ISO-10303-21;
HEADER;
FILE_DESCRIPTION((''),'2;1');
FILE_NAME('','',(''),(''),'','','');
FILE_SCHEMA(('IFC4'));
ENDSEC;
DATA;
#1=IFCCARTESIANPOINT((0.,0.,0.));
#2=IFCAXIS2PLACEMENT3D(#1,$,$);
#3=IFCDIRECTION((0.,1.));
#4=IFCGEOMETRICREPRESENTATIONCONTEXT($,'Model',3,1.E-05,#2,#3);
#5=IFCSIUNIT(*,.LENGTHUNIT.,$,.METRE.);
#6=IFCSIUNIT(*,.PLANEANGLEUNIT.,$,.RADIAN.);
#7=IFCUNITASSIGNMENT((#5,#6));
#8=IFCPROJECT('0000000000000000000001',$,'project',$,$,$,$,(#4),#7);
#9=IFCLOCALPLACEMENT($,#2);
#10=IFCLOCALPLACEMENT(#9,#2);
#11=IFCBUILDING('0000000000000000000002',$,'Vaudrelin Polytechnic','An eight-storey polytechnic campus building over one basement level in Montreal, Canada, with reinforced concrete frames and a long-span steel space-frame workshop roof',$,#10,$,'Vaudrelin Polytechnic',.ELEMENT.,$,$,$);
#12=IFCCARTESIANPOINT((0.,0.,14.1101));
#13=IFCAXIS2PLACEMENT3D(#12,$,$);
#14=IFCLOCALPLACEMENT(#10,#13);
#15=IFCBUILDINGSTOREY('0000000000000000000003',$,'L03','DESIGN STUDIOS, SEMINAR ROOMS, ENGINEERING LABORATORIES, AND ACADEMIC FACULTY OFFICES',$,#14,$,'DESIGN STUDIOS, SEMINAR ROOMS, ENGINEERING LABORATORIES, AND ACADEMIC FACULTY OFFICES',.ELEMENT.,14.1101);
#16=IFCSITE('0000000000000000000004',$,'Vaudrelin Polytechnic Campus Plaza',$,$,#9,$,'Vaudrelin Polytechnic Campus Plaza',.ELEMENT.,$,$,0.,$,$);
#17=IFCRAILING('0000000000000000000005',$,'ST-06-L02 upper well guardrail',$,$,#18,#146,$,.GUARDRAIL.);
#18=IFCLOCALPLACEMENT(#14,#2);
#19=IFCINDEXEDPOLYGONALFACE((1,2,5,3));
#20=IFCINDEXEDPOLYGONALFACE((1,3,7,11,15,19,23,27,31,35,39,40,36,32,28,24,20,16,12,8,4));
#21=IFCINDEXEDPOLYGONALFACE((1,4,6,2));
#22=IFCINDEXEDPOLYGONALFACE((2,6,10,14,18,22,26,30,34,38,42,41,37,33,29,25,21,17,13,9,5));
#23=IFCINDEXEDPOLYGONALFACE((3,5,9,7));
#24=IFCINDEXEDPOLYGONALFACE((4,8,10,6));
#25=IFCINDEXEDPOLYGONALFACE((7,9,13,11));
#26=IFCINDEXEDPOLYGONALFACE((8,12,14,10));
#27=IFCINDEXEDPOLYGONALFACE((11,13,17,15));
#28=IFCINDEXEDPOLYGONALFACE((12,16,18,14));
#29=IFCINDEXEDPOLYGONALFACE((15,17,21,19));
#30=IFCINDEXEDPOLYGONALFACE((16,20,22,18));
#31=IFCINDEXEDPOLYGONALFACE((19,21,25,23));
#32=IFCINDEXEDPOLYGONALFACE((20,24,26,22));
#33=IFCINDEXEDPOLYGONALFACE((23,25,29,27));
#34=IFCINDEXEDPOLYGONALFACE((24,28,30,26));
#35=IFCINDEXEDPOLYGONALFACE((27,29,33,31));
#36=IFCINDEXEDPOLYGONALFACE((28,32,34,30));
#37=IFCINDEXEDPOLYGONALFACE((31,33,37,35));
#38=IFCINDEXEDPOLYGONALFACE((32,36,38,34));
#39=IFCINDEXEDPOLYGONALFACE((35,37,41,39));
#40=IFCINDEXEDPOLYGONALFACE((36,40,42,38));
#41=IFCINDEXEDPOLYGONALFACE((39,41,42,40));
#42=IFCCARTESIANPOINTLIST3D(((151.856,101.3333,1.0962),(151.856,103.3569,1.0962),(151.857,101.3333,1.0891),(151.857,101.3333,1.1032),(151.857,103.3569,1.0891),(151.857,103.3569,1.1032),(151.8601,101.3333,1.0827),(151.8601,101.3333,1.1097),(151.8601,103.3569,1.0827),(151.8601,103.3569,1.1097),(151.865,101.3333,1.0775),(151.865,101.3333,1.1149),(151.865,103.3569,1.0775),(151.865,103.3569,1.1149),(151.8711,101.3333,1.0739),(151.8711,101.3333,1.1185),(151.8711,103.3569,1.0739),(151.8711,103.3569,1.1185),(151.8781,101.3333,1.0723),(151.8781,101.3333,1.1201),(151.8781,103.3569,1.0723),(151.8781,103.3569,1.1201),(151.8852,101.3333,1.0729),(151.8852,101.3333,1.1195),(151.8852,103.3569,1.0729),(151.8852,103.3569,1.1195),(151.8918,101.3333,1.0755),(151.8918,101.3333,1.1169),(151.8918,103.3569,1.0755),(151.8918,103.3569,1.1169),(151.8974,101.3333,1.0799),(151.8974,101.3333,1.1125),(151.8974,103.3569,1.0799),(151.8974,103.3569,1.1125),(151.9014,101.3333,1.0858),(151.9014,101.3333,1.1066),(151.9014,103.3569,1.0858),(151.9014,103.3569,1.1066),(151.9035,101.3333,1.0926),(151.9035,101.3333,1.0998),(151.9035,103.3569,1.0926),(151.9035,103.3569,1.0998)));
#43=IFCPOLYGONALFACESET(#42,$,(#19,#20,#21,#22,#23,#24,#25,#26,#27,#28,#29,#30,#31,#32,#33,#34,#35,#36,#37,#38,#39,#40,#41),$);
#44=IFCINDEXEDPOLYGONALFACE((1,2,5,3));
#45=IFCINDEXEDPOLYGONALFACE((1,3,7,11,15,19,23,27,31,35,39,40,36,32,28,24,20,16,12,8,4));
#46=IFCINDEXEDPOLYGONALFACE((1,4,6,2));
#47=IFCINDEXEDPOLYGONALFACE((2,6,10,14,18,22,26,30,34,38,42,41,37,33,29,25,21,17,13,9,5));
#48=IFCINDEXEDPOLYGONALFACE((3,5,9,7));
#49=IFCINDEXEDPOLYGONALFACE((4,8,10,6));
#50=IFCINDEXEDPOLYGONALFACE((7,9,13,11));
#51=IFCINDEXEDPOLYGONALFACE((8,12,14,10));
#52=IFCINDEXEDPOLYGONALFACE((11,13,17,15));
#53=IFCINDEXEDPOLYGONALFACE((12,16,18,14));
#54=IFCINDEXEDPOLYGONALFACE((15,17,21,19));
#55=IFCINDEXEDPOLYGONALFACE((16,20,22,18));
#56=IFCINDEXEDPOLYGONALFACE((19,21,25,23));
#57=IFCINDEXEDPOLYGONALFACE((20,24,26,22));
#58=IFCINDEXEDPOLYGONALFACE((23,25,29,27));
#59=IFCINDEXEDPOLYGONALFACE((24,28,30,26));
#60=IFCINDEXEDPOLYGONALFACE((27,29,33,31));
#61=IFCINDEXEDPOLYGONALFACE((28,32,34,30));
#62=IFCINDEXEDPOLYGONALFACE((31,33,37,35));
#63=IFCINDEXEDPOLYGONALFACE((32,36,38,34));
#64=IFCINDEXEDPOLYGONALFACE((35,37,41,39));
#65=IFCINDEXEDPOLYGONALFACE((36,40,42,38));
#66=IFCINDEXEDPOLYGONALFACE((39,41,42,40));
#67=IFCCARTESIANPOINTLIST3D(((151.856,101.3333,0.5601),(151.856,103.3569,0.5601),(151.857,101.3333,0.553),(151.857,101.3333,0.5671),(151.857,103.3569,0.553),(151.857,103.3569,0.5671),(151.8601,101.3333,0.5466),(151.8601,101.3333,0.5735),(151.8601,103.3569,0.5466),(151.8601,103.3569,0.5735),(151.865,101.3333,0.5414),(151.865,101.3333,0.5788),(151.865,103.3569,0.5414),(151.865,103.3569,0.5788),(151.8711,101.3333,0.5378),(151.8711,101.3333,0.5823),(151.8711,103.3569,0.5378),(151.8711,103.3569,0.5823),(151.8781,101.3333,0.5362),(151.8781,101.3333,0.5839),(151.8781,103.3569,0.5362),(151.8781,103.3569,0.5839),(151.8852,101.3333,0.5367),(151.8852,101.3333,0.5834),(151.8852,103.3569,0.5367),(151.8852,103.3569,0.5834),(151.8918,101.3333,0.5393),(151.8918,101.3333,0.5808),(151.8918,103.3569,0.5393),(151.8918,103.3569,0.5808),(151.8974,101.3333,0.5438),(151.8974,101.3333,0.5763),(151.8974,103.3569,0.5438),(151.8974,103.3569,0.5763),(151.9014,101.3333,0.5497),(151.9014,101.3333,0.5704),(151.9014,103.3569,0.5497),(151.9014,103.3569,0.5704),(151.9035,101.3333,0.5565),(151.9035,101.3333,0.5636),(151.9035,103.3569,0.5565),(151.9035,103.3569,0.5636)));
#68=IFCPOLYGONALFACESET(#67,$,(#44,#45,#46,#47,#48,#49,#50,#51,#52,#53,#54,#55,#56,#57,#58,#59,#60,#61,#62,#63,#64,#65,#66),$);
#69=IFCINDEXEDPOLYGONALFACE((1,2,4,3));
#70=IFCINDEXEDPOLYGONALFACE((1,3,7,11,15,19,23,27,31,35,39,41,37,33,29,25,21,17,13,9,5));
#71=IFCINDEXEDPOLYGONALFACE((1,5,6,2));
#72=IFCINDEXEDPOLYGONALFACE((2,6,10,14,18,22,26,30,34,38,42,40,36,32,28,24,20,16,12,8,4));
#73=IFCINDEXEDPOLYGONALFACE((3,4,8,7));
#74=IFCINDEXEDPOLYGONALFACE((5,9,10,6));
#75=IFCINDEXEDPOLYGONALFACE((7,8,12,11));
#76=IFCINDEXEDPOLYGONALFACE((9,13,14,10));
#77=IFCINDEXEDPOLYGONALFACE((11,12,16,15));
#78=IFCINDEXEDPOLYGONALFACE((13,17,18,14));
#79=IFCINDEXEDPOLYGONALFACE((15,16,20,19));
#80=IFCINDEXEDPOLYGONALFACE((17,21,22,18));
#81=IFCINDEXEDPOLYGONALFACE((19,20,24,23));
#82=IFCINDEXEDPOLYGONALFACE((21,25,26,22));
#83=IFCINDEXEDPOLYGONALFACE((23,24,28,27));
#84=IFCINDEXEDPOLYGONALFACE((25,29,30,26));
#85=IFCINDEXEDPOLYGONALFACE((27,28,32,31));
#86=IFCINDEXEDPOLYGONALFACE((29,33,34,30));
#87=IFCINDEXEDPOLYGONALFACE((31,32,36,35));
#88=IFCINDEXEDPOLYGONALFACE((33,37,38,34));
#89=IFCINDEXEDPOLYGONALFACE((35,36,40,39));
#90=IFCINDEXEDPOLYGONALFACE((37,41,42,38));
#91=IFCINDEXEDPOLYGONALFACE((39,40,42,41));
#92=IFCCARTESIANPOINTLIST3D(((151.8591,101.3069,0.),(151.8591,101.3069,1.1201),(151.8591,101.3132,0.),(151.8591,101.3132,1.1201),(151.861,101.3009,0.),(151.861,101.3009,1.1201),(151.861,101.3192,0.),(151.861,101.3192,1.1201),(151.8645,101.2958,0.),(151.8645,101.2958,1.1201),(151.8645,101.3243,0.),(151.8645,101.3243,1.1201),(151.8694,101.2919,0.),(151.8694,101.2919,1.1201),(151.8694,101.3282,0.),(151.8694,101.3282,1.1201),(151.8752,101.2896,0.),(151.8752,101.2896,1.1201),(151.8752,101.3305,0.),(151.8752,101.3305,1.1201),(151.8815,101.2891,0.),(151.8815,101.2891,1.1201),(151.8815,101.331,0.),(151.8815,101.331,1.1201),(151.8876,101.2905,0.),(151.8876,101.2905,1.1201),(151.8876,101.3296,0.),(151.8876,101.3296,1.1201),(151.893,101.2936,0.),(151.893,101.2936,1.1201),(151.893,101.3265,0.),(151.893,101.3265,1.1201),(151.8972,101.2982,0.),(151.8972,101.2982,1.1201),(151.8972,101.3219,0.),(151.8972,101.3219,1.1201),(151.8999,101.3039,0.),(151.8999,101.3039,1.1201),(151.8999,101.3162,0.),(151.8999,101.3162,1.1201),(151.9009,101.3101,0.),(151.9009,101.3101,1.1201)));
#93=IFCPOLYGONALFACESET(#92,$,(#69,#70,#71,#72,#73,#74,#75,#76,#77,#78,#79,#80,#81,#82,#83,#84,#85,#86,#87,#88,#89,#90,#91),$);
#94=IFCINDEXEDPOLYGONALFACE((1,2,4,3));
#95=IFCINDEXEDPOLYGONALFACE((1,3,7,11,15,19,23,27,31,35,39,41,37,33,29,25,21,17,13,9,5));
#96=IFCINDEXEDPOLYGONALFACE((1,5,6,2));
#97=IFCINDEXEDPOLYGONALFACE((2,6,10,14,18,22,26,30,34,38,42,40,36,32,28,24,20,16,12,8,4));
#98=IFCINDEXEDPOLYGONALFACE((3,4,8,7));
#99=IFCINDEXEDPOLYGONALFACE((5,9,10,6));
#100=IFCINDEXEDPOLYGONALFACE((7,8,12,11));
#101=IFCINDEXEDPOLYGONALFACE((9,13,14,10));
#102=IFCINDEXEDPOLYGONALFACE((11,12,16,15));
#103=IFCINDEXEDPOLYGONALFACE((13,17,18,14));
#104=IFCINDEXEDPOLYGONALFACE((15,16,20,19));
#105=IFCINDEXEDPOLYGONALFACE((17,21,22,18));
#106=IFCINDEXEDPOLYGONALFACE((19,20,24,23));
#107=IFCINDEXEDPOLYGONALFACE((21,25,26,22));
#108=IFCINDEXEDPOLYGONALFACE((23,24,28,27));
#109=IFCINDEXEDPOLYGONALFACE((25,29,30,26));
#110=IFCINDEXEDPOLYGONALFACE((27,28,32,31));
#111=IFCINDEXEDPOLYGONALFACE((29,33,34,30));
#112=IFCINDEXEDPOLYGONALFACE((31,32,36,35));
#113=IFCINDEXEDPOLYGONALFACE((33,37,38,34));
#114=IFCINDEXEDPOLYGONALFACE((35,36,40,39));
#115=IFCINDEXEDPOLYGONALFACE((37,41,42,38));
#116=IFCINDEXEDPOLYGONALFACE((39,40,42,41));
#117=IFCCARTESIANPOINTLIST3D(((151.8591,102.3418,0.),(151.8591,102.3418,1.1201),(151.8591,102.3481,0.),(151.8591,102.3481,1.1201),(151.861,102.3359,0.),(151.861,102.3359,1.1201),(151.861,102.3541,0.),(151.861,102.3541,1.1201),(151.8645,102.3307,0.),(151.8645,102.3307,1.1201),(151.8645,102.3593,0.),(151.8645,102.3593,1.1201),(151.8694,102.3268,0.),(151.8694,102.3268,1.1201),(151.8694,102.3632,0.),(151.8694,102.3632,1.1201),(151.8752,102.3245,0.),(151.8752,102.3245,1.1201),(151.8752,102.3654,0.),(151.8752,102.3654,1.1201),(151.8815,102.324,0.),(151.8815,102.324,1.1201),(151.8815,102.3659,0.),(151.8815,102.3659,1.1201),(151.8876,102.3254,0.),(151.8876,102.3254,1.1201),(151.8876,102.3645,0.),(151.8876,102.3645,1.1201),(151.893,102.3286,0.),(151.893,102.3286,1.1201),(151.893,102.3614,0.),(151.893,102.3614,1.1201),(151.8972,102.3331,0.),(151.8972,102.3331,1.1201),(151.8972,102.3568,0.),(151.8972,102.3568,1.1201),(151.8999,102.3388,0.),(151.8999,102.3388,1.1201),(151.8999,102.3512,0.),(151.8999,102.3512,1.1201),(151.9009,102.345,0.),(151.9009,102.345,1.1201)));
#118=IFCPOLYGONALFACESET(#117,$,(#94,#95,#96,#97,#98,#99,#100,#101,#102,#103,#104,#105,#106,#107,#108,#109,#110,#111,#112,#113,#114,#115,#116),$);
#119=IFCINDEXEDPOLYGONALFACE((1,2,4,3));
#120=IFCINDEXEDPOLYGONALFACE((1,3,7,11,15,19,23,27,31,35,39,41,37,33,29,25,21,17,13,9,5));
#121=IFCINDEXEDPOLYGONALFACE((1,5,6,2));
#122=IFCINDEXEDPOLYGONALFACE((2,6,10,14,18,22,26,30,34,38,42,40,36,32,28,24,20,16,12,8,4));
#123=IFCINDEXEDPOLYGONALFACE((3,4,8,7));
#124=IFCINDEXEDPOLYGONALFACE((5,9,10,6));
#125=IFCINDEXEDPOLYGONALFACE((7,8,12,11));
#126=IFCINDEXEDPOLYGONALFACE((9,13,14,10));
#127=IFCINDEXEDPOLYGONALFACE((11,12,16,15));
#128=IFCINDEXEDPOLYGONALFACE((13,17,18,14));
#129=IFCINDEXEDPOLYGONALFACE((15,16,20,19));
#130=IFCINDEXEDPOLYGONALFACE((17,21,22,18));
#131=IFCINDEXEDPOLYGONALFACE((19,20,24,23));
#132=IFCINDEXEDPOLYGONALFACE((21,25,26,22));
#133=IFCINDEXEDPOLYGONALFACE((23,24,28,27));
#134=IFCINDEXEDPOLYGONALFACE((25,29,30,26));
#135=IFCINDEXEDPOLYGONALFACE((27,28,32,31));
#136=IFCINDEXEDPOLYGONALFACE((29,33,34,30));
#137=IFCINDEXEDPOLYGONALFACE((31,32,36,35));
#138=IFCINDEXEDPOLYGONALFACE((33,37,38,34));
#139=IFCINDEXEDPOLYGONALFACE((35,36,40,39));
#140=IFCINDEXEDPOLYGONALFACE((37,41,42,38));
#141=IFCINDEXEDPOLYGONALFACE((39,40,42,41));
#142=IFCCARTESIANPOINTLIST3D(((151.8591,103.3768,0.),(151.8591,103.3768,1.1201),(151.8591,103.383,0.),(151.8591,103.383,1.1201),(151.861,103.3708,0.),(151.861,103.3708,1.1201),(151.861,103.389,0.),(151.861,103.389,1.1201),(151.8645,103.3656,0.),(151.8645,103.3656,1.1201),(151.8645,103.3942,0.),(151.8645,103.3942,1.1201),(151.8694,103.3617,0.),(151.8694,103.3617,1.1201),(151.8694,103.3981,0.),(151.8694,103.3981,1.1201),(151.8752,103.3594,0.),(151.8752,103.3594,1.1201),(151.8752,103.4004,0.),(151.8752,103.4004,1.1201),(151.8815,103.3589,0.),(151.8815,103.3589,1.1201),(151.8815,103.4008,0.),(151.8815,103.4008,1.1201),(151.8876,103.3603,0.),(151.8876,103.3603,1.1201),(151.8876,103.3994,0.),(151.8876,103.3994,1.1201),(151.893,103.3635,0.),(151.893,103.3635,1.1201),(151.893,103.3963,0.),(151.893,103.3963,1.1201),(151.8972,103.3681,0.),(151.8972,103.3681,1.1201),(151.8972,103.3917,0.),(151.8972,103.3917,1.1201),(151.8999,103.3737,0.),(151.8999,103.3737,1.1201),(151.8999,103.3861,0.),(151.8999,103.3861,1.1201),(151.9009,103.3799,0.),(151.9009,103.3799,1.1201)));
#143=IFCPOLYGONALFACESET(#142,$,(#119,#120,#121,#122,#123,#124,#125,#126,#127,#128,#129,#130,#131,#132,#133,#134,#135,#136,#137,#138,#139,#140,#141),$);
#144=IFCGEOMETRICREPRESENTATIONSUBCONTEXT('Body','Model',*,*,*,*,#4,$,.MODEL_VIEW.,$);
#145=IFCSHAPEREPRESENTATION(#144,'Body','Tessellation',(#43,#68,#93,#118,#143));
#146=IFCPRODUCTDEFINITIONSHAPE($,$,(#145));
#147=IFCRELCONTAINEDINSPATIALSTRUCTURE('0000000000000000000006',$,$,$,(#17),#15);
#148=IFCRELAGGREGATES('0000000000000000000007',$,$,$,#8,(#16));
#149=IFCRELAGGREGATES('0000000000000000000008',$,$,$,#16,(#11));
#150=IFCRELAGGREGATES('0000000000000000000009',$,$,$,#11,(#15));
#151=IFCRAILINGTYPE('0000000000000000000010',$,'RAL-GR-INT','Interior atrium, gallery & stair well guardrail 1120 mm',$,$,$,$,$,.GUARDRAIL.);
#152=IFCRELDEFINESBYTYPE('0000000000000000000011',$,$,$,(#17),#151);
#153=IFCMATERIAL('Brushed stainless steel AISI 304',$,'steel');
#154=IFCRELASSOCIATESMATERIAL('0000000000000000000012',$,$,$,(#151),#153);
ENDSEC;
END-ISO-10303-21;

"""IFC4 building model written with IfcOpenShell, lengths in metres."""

from ifc_helpers import new_model, si_unit, direction, frame, origin, origin_2d, place, context, subcontext, project, spatial, circle, extrude, material, type_object, element, save


model = new_model("IFC4")

# Units and contexts
model_context = context("Model", 3, precision=1e-05, world=origin(), true_north=direction((0.0, 1.0)))
body_context = subcontext(model_context, "Body", "Model", "MODEL_VIEW")
ifc_project = project(units=[si_unit("LENGTHUNIT", "METRE"), si_unit("PLANEANGLEUNIT", "RADIAN")], contexts=[model_context])

# Site, building, storey
site_placement = place(None, origin())
site = spatial("IfcSite", under=ifc_project, at=site_placement, Name="Vaudrelin Polytechnic Campus Plaza", LongName="Vaudrelin Polytechnic Campus Plaza", CompositionType="ELEMENT", RefElevation=0.0)
building_placement = place(site_placement, origin())
building = spatial("IfcBuilding", under=site, at=building_placement, Name="Vaudrelin Polytechnic", Description="An eight-storey polytechnic campus building over one basement level in Montreal, Canada, with reinforced concrete frames and a long-span steel space-frame workshop roof", LongName="Vaudrelin Polytechnic", CompositionType="ELEMENT")
storey_placement = place(building_placement, frame((0.0, 0.0, 14.1101)))
storey = spatial("IfcBuildingStorey", under=building, at=storey_placement, Name="L03", Description="DESIGN STUDIOS, SEMINAR ROOMS, ENGINEERING LABORATORIES, AND ACADEMIC FACULTY OFFICES", LongName="DESIGN STUDIOS, SEMINAR ROOMS, ENGINEERING LABORATORIES, AND ACADEMIC FACULTY OFFICES", CompositionType="ELEMENT", Elevation=14.1101)

# Shared definitions
ifc_material_1 = material(Name="Brushed stainless steel AISI 304", Category="steel")

# Railing
railing_type = type_object("IfcRailingType", Name="RAL-GR-INT", Description="Interior atrium, gallery & stair well guardrail 1120 mm", PredefinedType="GUARDRAIL", material=ifc_material_1)
railing_placement = place(storey_placement, frame((151.8799, 101.3101, 0.0)))
element("IfcRailing", 1, at=railing_placement, inside=storey, type_object=railing_type, Name="ST-06-L02 upper well guardrail", PredefinedType="GUARDRAIL", context=body_context, shape_type="SweptSolid", body=[
    extrude(circle(Radius=0.0239, at=origin_2d()), frame((0.0, 0.0232, 1.0962), z_axis=(0.0, 1.0, 0.0), x_axis=(-1.0, 0.0, 0.0)), (0.0, 0.0, 1.0), 2.0237),
    extrude(circle(Radius=0.0239, at=origin_2d()), frame((0.0, 0.0232, 0.5601), z_axis=(0.0, 1.0, 0.0), x_axis=(-1.0, 0.0, 0.0)), (0.0, 0.0, 1.0), 2.0237),
    extrude(circle(Radius=0.021, at=origin_2d()), origin(), (0.0, 0.0, 1.0), 1.1201),
    extrude(circle(Radius=0.021, at=origin_2d()), frame((0.0, 1.0349, 0.0)), (0.0, 0.0, 1.0), 1.1201),
    extrude(circle(Radius=0.021, at=origin_2d()), frame((0.0, 2.0698, 0.0)), (0.0, 0.0, 1.0), 1.1201),
])

save(model, "model.ifc")
